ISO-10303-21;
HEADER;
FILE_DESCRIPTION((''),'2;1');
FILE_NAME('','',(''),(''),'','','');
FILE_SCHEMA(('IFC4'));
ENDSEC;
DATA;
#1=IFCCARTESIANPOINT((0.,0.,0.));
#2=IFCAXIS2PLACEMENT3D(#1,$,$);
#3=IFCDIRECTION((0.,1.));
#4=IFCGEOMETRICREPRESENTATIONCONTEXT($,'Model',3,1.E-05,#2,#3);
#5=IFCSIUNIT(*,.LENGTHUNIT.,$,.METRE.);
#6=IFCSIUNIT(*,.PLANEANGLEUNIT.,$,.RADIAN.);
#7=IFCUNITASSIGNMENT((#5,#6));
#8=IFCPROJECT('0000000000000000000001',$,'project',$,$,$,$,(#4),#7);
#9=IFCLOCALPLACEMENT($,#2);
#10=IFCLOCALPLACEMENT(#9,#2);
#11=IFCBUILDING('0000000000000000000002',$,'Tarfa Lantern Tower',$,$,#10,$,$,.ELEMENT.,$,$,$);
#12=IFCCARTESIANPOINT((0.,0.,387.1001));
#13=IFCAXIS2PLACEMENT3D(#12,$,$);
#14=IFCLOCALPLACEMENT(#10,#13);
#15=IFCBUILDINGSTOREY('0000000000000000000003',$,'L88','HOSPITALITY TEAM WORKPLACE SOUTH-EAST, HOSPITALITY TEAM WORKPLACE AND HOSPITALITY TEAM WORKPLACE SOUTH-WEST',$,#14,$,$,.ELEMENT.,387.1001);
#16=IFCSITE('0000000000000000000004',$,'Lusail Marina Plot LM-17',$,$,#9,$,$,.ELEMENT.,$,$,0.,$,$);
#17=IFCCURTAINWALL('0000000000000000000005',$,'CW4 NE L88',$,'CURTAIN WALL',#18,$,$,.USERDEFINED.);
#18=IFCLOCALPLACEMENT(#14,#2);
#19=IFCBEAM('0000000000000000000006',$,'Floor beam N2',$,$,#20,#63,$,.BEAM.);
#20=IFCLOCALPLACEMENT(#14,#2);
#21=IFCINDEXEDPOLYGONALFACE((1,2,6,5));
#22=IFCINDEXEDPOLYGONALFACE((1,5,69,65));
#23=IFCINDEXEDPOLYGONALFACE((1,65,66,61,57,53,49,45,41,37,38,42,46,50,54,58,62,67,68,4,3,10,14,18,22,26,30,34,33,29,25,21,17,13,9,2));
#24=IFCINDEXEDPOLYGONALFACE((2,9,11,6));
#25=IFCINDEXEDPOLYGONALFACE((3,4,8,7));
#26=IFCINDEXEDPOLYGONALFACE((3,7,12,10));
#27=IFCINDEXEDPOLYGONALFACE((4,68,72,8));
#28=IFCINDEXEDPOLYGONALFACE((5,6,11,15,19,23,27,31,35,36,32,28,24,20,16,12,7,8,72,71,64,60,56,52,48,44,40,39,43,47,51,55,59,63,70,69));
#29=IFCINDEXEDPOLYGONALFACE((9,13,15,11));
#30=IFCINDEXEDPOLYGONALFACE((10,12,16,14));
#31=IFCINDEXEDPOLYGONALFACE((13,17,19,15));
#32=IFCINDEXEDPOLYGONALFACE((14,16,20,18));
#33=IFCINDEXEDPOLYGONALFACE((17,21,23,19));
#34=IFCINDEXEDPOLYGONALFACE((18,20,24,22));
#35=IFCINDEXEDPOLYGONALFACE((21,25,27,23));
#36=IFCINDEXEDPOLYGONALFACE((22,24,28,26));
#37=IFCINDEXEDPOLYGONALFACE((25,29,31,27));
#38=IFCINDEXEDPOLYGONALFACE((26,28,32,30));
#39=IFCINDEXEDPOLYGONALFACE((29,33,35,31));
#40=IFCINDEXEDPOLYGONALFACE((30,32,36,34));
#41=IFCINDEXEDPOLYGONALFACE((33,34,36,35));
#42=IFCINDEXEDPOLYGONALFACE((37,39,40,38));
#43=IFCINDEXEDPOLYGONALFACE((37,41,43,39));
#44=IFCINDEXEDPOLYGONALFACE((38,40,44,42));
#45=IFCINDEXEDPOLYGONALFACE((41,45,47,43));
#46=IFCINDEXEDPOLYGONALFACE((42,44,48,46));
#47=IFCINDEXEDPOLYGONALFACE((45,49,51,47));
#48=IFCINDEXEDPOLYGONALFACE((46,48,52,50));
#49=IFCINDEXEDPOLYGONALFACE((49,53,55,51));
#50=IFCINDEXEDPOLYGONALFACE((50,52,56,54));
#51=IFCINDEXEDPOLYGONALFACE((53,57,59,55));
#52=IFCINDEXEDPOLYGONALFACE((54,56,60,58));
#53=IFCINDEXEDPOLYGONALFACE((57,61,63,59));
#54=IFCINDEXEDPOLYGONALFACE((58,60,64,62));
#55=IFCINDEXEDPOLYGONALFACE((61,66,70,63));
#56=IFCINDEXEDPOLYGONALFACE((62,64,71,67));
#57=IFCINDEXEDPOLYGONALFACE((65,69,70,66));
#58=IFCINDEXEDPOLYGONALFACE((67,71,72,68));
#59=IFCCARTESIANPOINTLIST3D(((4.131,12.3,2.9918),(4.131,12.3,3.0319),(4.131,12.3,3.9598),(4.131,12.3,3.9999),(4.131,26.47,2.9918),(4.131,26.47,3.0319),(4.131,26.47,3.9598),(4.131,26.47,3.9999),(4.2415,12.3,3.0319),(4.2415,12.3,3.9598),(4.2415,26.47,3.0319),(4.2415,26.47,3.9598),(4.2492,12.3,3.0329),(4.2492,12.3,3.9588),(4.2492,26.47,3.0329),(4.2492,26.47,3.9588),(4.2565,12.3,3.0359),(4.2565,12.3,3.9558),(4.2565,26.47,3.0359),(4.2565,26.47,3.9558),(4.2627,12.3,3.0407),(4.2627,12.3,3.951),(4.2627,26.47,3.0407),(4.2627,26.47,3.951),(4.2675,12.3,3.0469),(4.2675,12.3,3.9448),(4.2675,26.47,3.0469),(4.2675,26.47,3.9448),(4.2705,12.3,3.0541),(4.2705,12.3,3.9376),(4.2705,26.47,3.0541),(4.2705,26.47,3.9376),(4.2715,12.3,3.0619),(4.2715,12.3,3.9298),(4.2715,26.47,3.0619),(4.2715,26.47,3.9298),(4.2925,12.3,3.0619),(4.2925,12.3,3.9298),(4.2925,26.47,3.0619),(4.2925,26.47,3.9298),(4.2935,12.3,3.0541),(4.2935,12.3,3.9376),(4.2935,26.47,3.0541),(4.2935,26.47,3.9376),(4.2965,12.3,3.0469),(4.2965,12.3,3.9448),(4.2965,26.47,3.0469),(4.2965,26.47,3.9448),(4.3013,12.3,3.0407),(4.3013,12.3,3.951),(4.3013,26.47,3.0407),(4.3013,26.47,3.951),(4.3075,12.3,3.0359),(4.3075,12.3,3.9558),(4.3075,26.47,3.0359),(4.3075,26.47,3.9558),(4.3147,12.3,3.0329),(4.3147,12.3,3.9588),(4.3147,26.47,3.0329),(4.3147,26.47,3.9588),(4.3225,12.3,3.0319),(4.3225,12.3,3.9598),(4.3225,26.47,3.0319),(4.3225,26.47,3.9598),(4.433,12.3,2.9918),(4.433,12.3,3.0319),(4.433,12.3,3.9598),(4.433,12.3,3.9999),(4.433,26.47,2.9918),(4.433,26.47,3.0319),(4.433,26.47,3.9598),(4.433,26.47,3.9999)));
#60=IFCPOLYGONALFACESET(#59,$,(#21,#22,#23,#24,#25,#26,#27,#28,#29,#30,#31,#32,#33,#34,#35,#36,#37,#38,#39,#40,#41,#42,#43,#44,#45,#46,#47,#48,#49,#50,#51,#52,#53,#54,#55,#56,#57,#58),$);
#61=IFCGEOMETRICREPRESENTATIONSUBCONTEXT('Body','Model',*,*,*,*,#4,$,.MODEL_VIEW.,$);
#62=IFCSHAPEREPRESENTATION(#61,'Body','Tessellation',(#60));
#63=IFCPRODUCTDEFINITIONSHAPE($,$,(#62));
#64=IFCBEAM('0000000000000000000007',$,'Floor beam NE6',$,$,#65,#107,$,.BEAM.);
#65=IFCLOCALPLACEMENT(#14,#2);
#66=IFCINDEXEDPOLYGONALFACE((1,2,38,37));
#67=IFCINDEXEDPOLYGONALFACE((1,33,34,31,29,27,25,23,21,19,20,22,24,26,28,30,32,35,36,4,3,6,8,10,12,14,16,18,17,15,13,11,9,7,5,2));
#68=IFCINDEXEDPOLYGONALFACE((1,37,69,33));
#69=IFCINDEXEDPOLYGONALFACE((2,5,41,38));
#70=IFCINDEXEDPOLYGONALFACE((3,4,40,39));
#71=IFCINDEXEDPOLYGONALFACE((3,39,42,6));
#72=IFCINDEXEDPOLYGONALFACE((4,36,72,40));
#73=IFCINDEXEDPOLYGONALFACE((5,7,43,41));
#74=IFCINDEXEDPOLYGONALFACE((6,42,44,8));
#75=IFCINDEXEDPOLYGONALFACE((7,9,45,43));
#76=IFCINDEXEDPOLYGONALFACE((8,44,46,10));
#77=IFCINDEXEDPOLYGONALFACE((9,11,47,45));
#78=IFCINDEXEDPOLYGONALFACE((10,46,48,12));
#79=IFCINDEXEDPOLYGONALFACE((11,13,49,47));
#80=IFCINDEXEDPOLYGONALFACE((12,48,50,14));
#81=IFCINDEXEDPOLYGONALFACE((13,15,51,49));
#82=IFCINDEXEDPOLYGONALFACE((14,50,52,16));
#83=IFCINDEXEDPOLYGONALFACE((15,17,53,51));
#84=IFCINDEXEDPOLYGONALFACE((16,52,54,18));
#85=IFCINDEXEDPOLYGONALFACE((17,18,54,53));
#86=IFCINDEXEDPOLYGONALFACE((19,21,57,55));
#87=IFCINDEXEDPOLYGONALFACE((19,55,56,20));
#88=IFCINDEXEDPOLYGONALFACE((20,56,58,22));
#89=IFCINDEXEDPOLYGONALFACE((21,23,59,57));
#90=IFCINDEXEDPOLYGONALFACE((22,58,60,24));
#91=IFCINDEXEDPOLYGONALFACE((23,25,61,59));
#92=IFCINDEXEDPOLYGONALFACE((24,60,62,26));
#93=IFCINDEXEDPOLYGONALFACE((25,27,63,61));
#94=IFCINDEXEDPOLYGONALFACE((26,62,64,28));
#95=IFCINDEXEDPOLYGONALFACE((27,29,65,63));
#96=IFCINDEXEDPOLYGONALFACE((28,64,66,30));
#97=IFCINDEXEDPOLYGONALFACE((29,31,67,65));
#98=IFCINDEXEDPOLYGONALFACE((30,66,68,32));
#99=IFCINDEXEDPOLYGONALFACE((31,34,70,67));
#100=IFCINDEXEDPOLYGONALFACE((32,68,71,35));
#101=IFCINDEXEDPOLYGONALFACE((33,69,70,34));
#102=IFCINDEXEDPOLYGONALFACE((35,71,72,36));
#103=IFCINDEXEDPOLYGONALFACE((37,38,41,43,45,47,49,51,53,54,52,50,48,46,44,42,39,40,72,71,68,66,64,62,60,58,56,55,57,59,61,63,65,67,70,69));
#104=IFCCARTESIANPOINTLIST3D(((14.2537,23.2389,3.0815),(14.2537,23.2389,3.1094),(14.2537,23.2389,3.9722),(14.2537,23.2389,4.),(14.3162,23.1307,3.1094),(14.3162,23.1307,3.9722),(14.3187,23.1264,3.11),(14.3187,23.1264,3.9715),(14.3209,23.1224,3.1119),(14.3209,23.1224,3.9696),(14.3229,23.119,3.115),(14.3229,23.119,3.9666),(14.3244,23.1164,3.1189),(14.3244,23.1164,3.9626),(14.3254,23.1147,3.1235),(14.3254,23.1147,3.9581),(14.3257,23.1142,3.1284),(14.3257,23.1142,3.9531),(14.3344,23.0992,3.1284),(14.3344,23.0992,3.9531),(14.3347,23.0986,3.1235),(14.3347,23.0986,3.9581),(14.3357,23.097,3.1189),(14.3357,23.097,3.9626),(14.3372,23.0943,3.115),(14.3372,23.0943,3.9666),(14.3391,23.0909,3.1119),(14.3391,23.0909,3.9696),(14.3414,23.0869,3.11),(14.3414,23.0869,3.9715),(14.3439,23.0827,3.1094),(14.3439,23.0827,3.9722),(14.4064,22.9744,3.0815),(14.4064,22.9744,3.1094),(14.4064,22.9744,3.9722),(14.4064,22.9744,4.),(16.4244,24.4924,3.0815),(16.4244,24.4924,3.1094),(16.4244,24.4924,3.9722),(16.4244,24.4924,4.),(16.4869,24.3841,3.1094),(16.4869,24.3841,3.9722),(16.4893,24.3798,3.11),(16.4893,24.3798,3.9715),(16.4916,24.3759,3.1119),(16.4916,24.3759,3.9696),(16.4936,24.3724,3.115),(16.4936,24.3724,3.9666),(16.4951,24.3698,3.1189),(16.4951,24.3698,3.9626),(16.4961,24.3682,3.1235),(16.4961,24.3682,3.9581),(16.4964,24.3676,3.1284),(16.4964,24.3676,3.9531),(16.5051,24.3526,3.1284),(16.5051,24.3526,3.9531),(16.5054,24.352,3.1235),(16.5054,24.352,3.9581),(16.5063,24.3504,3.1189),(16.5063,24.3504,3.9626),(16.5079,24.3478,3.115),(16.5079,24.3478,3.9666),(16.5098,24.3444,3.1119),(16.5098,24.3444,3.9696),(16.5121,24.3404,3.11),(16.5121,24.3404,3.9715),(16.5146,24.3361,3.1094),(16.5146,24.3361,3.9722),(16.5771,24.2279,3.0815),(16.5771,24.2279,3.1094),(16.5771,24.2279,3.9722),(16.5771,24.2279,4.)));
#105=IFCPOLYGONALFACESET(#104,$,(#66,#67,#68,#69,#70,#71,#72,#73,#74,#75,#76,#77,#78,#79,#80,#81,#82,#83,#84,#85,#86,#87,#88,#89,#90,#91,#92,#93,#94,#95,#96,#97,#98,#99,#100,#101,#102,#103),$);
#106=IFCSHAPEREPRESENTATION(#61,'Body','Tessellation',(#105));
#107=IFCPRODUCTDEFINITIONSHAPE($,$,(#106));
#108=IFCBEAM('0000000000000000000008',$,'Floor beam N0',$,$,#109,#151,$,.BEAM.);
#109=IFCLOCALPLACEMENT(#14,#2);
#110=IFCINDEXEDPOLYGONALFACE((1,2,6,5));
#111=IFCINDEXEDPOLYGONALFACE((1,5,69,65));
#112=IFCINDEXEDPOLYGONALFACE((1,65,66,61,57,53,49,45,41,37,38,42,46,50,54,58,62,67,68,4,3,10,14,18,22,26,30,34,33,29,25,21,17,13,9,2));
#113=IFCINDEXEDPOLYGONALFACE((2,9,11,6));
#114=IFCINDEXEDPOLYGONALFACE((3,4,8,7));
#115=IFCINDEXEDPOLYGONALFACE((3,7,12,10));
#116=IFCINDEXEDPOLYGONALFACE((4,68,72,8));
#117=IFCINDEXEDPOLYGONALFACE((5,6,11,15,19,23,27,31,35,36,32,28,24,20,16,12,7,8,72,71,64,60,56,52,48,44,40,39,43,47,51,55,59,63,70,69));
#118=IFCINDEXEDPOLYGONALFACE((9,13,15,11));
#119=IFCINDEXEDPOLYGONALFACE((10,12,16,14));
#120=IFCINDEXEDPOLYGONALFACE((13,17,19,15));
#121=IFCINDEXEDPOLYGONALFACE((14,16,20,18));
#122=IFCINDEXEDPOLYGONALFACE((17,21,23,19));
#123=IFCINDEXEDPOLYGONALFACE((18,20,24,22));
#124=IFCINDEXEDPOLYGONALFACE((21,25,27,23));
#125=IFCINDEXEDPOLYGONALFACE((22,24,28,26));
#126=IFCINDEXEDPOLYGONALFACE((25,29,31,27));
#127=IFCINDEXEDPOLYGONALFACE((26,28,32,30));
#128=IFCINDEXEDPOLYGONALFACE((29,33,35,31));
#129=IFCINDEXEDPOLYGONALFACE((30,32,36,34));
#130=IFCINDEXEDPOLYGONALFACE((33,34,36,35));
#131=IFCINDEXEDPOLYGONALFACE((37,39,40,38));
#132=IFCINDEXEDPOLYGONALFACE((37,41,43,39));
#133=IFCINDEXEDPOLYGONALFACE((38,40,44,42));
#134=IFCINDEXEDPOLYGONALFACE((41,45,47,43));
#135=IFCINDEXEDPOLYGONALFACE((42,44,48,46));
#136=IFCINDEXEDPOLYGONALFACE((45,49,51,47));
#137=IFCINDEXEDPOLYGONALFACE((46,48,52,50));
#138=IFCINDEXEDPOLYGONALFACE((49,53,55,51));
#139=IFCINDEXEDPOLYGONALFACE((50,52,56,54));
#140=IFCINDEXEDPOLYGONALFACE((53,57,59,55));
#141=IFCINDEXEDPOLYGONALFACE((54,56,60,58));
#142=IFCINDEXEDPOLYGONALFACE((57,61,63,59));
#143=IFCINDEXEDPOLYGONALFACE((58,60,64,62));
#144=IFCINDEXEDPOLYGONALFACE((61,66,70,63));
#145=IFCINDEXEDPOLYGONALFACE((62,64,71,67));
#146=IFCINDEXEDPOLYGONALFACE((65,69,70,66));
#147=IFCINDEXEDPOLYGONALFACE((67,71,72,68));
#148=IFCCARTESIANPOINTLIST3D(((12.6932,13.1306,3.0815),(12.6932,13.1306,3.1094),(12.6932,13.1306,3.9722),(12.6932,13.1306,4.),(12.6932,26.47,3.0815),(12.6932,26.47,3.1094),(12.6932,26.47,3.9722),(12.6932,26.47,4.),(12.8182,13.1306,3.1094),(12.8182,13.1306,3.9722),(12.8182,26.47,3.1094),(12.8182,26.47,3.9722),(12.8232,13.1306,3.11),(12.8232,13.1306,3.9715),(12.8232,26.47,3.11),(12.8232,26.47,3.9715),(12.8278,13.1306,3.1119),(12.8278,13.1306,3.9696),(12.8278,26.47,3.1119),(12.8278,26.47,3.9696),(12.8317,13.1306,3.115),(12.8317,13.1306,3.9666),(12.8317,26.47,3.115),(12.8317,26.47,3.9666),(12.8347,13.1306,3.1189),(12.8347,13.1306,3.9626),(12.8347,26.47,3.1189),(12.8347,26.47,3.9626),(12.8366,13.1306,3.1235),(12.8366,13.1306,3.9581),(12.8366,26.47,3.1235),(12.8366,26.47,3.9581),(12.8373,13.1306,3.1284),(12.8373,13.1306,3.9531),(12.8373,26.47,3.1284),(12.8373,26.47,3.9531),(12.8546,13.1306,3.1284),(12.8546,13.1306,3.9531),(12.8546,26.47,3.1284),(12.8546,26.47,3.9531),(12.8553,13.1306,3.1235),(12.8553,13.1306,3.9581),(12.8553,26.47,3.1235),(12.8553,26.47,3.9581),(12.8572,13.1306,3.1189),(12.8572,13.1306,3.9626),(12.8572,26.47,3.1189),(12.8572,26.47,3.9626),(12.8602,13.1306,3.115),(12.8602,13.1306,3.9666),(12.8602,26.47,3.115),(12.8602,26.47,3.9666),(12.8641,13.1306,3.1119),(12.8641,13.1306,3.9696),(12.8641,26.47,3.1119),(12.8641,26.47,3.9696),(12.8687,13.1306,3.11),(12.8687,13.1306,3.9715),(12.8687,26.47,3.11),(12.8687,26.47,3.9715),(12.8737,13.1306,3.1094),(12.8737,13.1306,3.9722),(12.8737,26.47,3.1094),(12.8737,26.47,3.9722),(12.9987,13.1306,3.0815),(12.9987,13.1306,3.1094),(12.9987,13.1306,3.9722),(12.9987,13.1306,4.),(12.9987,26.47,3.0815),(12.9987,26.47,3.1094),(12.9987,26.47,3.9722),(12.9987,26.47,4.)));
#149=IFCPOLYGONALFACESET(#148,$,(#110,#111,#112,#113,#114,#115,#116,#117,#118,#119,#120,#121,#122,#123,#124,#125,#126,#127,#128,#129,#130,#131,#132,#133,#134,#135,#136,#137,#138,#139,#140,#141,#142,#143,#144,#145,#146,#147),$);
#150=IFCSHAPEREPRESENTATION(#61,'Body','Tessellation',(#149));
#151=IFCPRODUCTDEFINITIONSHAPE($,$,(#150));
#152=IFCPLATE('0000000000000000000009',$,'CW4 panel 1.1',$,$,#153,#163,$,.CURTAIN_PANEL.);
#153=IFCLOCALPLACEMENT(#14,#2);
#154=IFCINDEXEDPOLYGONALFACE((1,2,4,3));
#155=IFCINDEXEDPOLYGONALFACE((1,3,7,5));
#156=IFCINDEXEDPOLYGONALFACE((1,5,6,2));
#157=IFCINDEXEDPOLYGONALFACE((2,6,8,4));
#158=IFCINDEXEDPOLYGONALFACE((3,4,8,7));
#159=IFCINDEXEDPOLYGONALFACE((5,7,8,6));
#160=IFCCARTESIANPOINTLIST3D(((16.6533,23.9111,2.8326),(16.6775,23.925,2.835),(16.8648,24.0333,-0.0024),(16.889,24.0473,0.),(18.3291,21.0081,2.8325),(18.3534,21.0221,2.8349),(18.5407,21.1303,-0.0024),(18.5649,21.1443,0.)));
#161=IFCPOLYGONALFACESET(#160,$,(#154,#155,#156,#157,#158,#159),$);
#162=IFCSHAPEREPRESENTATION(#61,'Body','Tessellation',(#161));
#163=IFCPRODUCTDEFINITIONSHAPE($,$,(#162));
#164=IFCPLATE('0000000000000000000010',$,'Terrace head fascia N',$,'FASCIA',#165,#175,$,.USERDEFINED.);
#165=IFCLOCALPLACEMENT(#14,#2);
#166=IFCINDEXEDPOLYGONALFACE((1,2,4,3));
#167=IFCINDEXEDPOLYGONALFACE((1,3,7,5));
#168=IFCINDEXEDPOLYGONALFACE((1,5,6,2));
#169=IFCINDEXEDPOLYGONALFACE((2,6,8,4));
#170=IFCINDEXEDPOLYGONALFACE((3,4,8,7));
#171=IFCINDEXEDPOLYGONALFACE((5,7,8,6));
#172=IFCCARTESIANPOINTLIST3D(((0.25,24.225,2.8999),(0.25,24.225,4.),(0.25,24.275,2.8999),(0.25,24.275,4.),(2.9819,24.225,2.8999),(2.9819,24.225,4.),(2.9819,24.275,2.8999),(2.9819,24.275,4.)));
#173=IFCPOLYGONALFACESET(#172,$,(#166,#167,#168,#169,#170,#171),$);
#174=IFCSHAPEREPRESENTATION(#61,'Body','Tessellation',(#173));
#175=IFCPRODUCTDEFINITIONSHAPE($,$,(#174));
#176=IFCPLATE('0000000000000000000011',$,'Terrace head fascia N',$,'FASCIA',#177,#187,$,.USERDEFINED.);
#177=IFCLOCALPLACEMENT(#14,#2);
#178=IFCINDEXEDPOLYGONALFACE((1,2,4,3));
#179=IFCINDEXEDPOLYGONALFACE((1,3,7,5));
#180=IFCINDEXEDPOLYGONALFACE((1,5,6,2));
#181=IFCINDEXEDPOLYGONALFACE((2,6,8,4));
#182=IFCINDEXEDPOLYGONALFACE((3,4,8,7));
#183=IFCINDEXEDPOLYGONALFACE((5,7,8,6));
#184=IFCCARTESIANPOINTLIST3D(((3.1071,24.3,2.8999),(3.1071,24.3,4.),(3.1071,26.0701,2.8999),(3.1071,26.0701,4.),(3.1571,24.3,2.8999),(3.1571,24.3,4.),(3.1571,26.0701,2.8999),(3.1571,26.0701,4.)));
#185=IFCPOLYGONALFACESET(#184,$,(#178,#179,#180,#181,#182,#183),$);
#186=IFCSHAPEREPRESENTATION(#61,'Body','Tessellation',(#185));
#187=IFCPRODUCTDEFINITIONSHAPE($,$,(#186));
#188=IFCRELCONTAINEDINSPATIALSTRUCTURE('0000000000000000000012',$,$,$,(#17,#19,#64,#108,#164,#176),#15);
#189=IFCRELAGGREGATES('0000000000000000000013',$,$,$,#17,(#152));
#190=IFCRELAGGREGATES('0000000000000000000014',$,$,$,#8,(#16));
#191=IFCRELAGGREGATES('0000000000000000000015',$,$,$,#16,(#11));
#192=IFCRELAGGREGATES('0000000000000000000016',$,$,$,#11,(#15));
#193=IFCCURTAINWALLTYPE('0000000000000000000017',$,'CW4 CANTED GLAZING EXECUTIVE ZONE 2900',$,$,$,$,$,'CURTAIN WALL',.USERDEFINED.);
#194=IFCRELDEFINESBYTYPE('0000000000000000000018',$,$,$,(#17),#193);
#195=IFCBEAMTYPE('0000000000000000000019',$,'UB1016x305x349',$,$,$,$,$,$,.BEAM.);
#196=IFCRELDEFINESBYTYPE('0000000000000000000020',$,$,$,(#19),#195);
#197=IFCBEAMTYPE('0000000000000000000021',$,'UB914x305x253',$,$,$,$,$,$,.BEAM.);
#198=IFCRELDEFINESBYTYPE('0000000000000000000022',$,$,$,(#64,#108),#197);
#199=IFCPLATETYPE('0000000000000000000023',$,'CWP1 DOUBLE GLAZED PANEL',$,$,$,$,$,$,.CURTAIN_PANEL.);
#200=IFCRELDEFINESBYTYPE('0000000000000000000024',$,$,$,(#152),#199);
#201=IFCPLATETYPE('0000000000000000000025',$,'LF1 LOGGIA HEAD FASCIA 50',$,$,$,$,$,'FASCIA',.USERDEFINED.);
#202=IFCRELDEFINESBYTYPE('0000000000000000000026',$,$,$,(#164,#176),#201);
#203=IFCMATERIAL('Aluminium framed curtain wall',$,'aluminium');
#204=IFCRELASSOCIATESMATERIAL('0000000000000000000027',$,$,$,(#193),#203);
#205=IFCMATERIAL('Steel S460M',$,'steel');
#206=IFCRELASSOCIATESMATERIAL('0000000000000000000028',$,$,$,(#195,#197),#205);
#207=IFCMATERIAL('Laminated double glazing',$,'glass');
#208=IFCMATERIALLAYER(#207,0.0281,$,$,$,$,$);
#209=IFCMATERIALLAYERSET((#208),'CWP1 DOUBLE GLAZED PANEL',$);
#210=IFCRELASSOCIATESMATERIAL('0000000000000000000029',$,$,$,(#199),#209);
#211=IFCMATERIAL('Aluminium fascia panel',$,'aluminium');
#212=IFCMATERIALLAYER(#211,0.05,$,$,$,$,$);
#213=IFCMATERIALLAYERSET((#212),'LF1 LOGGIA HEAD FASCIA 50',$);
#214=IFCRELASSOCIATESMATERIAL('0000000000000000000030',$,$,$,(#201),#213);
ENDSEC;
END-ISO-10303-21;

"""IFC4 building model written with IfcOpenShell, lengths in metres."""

from ifc_helpers import new_model, si_unit, direction, frame, origin, origin_2d, place, context, subcontext, project, spatial, polyline, rectangle, i_section, outline, extrude, material, layer, layer_set, material_profile, profile_set, type_object, element, aggregate, save


model = new_model("IFC4")

# Units and contexts
model_context = context("Model", 3, precision=1e-05, world=origin(), true_north=direction((0.0, 1.0)))
body_context = subcontext(model_context, "Body", "Model", "MODEL_VIEW")
ifc_project = project(units=[si_unit("LENGTHUNIT", "METRE"), si_unit("PLANEANGLEUNIT", "RADIAN")], contexts=[model_context])

# Site, building, storey
site_placement = place(None, origin())
site = spatial("IfcSite", under=ifc_project, at=site_placement, Name="Lusail Marina Plot LM-17", CompositionType="ELEMENT", RefElevation=0.0)
building_placement = place(site_placement, origin())
building = spatial("IfcBuilding", under=site, at=building_placement, Name="Tarfa Lantern Tower", CompositionType="ELEMENT")
storey_placement = place(building_placement, frame((0.0, 0.0, 387.1001)))
storey = spatial("IfcBuildingStorey", under=building, at=storey_placement, Name="L88", Description="HOSPITALITY TEAM WORKPLACE SOUTH-EAST, HOSPITALITY TEAM WORKPLACE AND HOSPITALITY TEAM WORKPLACE SOUTH-WEST", CompositionType="ELEMENT", Elevation=387.1001)

# Curtain wall
ifc_material_1 = material(Name="Aluminium framed curtain wall", Category="aluminium")
curtain_wall_type = type_object("IfcCurtainWallType", Name="CW4 CANTED GLAZING EXECUTIVE ZONE 2900", ElementType="CURTAIN WALL", PredefinedType="USERDEFINED", material=ifc_material_1)
curtain_wall_placement = place(storey_placement, origin())
curtain_wall = element("IfcCurtainWall", 1, at=curtain_wall_placement, inside=storey, type_object=curtain_wall_type, Name="CW4 NE L88", ObjectType="CURTAIN WALL", PredefinedType="USERDEFINED")

# Beams
ifc_material_2 = material(Name="Steel S460M", Category="steel")
ifc_material_profile_1 = material_profile(ifc_material_2, i_section(OverallWidth=0.302, OverallDepth=1.0081, WebThickness=0.021, FlangeThickness=0.04, FilletRadius=0.03, at=origin_2d()), Name="UB1016x305x349")
ifc_profile_set_1 = profile_set([ifc_material_profile_1], Name="Steel S460M")
beam_type_1 = type_object("IfcBeamType", Name="UB1016x305x349", PredefinedType="BEAM", material=ifc_profile_set_1)
for number, where, z_axis, x_axis, name in (
    (2, (4.282, 26.47, 3.4958), (0.0, -1.0, 0.0), (1.0, 0.0, 0.0), "Floor beam N2"),
):
    element("IfcBeam", number, at=place(storey_placement, frame(where, z_axis=z_axis, x_axis=x_axis)), inside=storey, type_object=beam_type_1, Name=name, PredefinedType="BEAM", context=body_context, shape_type="SweptSolid", body=[
        extrude(i_section(OverallWidth=0.302, OverallDepth=1.0081, WebThickness=0.021, FlangeThickness=0.04, FilletRadius=0.03, at=origin_2d()), origin(), (0.0, 0.0, 1.0), 14.1699),
    ])
ifc_material_profile_2 = material_profile(ifc_material_2, i_section(OverallWidth=0.3054, OverallDepth=0.9185, WebThickness=0.0173, FlangeThickness=0.0278, FilletRadius=0.019, at=origin_2d()), Name="UB914x305x253")
ifc_profile_set_2 = profile_set([ifc_material_profile_2], Name="Steel S460M")
beam_type_2 = type_object("IfcBeamType", Name="UB914x305x253", PredefinedType="BEAM", material=ifc_profile_set_2)
beam_1_placement = place(storey_placement, frame((16.5007, 24.3601, 3.5408), z_axis=(-0.865993, -0.500057, 0.0), x_axis=(0.500057, -0.865993, 0.0)))
element("IfcBeam", 3, at=beam_1_placement, inside=storey, type_object=beam_type_2, Name="Floor beam NE6", PredefinedType="BEAM", context=body_context, shape_type="SweptSolid", body=[
    extrude(i_section(OverallWidth=0.3054, OverallDepth=0.9185, WebThickness=0.0173, FlangeThickness=0.0278, FilletRadius=0.019, at=origin_2d()), origin(), (0.0, 0.0, 1.0), 2.5066),
])
beam_2_placement = place(storey_placement, frame((12.8459, 26.47, 3.5408), z_axis=(0.0, -1.0, 0.0), x_axis=(1.0, 0.0, 0.0)))
element("IfcBeam", 4, at=beam_2_placement, inside=storey, type_object=beam_type_2, Name="Floor beam N0", PredefinedType="BEAM", context=body_context, shape_type="SweptSolid", body=[
    extrude(i_section(OverallWidth=0.3054, OverallDepth=0.9185, WebThickness=0.0173, FlangeThickness=0.0278, FilletRadius=0.019, at=origin_2d()), origin(), (0.0, 0.0, 1.0), 13.3394),
])

# Plate
ifc_material_3 = material(Name="Laminated double glazing", Category="glass")
ifc_layer_1 = layer(ifc_material_3, 0.0281)
ifc_layer_set_1 = layer_set([ifc_layer_1], Name="CWP1 DOUBLE GLAZED PANEL")
plate_type_1 = type_object("IfcPlateType", Name="CWP1 DOUBLE GLAZED PANEL", PredefinedType="CURTAIN_PANEL", material=ifc_layer_set_1)
plate_1_placement = place(storey_placement, frame((18.5649, 21.1443, 0.0), z_axis=(0.862843, 0.498127, 0.085857), x_axis=(-0.499973, 0.866041, -0.000004)))
plate_1 = element("IfcPlate", 5, at=plate_1_placement, type_object=plate_type_1, Name="CW4 panel 1.1", PredefinedType="CURTAIN_PANEL", context=body_context, shape_type="SweptSolid", body=[
    extrude(outline(polyline([(0.0, 0.0), (3.352, 0.0), (3.3519, 2.8455), (0.0, 2.8455), (0.0, 0.0)])), origin(), (0.0, 0.0, -1.0), 0.0281),
])
aggregate(curtain_wall, [plate_1])

# Plates
ifc_material_4 = material(Name="Aluminium fascia panel", Category="aluminium")
ifc_layer_2 = layer(ifc_material_4, 0.05)
ifc_layer_set_2 = layer_set([ifc_layer_2], Name="LF1 LOGGIA HEAD FASCIA 50")
plate_type_2 = type_object("IfcPlateType", Name="LF1 LOGGIA HEAD FASCIA 50", ElementType="FASCIA", PredefinedType="USERDEFINED", material=ifc_layer_set_2)
plate_2_placement = place(storey_placement, frame((1.616, 24.25, 2.8999), z_axis=(0.0, 0.0, 1.0), x_axis=(-1.0, 0.0, 0.0)))
element("IfcPlate", 6, at=plate_2_placement, inside=storey, type_object=plate_type_2, Name="Terrace head fascia N", ObjectType="FASCIA", PredefinedType="USERDEFINED", context=body_context, shape_type="SweptSolid", body=[
    extrude(rectangle(XDim=2.7319, YDim=0.05, at=origin_2d()), origin(), (0.0, 0.0, 1.0), 1.1001),
])
plate_3_placement = place(storey_placement, frame((3.1321, 25.1851, 2.8999), z_axis=(0.0, 0.0, 1.0), x_axis=(0.0, -1.0, 0.0)))
element("IfcPlate", 7, at=plate_3_placement, inside=storey, type_object=plate_type_2, Name="Terrace head fascia N", ObjectType="FASCIA", PredefinedType="USERDEFINED", context=body_context, shape_type="SweptSolid", body=[
    extrude(rectangle(XDim=1.77, YDim=0.05, at=origin_2d()), origin(), (0.0, 0.0, 1.0), 1.1001),
])

save(model, "model.ifc")
